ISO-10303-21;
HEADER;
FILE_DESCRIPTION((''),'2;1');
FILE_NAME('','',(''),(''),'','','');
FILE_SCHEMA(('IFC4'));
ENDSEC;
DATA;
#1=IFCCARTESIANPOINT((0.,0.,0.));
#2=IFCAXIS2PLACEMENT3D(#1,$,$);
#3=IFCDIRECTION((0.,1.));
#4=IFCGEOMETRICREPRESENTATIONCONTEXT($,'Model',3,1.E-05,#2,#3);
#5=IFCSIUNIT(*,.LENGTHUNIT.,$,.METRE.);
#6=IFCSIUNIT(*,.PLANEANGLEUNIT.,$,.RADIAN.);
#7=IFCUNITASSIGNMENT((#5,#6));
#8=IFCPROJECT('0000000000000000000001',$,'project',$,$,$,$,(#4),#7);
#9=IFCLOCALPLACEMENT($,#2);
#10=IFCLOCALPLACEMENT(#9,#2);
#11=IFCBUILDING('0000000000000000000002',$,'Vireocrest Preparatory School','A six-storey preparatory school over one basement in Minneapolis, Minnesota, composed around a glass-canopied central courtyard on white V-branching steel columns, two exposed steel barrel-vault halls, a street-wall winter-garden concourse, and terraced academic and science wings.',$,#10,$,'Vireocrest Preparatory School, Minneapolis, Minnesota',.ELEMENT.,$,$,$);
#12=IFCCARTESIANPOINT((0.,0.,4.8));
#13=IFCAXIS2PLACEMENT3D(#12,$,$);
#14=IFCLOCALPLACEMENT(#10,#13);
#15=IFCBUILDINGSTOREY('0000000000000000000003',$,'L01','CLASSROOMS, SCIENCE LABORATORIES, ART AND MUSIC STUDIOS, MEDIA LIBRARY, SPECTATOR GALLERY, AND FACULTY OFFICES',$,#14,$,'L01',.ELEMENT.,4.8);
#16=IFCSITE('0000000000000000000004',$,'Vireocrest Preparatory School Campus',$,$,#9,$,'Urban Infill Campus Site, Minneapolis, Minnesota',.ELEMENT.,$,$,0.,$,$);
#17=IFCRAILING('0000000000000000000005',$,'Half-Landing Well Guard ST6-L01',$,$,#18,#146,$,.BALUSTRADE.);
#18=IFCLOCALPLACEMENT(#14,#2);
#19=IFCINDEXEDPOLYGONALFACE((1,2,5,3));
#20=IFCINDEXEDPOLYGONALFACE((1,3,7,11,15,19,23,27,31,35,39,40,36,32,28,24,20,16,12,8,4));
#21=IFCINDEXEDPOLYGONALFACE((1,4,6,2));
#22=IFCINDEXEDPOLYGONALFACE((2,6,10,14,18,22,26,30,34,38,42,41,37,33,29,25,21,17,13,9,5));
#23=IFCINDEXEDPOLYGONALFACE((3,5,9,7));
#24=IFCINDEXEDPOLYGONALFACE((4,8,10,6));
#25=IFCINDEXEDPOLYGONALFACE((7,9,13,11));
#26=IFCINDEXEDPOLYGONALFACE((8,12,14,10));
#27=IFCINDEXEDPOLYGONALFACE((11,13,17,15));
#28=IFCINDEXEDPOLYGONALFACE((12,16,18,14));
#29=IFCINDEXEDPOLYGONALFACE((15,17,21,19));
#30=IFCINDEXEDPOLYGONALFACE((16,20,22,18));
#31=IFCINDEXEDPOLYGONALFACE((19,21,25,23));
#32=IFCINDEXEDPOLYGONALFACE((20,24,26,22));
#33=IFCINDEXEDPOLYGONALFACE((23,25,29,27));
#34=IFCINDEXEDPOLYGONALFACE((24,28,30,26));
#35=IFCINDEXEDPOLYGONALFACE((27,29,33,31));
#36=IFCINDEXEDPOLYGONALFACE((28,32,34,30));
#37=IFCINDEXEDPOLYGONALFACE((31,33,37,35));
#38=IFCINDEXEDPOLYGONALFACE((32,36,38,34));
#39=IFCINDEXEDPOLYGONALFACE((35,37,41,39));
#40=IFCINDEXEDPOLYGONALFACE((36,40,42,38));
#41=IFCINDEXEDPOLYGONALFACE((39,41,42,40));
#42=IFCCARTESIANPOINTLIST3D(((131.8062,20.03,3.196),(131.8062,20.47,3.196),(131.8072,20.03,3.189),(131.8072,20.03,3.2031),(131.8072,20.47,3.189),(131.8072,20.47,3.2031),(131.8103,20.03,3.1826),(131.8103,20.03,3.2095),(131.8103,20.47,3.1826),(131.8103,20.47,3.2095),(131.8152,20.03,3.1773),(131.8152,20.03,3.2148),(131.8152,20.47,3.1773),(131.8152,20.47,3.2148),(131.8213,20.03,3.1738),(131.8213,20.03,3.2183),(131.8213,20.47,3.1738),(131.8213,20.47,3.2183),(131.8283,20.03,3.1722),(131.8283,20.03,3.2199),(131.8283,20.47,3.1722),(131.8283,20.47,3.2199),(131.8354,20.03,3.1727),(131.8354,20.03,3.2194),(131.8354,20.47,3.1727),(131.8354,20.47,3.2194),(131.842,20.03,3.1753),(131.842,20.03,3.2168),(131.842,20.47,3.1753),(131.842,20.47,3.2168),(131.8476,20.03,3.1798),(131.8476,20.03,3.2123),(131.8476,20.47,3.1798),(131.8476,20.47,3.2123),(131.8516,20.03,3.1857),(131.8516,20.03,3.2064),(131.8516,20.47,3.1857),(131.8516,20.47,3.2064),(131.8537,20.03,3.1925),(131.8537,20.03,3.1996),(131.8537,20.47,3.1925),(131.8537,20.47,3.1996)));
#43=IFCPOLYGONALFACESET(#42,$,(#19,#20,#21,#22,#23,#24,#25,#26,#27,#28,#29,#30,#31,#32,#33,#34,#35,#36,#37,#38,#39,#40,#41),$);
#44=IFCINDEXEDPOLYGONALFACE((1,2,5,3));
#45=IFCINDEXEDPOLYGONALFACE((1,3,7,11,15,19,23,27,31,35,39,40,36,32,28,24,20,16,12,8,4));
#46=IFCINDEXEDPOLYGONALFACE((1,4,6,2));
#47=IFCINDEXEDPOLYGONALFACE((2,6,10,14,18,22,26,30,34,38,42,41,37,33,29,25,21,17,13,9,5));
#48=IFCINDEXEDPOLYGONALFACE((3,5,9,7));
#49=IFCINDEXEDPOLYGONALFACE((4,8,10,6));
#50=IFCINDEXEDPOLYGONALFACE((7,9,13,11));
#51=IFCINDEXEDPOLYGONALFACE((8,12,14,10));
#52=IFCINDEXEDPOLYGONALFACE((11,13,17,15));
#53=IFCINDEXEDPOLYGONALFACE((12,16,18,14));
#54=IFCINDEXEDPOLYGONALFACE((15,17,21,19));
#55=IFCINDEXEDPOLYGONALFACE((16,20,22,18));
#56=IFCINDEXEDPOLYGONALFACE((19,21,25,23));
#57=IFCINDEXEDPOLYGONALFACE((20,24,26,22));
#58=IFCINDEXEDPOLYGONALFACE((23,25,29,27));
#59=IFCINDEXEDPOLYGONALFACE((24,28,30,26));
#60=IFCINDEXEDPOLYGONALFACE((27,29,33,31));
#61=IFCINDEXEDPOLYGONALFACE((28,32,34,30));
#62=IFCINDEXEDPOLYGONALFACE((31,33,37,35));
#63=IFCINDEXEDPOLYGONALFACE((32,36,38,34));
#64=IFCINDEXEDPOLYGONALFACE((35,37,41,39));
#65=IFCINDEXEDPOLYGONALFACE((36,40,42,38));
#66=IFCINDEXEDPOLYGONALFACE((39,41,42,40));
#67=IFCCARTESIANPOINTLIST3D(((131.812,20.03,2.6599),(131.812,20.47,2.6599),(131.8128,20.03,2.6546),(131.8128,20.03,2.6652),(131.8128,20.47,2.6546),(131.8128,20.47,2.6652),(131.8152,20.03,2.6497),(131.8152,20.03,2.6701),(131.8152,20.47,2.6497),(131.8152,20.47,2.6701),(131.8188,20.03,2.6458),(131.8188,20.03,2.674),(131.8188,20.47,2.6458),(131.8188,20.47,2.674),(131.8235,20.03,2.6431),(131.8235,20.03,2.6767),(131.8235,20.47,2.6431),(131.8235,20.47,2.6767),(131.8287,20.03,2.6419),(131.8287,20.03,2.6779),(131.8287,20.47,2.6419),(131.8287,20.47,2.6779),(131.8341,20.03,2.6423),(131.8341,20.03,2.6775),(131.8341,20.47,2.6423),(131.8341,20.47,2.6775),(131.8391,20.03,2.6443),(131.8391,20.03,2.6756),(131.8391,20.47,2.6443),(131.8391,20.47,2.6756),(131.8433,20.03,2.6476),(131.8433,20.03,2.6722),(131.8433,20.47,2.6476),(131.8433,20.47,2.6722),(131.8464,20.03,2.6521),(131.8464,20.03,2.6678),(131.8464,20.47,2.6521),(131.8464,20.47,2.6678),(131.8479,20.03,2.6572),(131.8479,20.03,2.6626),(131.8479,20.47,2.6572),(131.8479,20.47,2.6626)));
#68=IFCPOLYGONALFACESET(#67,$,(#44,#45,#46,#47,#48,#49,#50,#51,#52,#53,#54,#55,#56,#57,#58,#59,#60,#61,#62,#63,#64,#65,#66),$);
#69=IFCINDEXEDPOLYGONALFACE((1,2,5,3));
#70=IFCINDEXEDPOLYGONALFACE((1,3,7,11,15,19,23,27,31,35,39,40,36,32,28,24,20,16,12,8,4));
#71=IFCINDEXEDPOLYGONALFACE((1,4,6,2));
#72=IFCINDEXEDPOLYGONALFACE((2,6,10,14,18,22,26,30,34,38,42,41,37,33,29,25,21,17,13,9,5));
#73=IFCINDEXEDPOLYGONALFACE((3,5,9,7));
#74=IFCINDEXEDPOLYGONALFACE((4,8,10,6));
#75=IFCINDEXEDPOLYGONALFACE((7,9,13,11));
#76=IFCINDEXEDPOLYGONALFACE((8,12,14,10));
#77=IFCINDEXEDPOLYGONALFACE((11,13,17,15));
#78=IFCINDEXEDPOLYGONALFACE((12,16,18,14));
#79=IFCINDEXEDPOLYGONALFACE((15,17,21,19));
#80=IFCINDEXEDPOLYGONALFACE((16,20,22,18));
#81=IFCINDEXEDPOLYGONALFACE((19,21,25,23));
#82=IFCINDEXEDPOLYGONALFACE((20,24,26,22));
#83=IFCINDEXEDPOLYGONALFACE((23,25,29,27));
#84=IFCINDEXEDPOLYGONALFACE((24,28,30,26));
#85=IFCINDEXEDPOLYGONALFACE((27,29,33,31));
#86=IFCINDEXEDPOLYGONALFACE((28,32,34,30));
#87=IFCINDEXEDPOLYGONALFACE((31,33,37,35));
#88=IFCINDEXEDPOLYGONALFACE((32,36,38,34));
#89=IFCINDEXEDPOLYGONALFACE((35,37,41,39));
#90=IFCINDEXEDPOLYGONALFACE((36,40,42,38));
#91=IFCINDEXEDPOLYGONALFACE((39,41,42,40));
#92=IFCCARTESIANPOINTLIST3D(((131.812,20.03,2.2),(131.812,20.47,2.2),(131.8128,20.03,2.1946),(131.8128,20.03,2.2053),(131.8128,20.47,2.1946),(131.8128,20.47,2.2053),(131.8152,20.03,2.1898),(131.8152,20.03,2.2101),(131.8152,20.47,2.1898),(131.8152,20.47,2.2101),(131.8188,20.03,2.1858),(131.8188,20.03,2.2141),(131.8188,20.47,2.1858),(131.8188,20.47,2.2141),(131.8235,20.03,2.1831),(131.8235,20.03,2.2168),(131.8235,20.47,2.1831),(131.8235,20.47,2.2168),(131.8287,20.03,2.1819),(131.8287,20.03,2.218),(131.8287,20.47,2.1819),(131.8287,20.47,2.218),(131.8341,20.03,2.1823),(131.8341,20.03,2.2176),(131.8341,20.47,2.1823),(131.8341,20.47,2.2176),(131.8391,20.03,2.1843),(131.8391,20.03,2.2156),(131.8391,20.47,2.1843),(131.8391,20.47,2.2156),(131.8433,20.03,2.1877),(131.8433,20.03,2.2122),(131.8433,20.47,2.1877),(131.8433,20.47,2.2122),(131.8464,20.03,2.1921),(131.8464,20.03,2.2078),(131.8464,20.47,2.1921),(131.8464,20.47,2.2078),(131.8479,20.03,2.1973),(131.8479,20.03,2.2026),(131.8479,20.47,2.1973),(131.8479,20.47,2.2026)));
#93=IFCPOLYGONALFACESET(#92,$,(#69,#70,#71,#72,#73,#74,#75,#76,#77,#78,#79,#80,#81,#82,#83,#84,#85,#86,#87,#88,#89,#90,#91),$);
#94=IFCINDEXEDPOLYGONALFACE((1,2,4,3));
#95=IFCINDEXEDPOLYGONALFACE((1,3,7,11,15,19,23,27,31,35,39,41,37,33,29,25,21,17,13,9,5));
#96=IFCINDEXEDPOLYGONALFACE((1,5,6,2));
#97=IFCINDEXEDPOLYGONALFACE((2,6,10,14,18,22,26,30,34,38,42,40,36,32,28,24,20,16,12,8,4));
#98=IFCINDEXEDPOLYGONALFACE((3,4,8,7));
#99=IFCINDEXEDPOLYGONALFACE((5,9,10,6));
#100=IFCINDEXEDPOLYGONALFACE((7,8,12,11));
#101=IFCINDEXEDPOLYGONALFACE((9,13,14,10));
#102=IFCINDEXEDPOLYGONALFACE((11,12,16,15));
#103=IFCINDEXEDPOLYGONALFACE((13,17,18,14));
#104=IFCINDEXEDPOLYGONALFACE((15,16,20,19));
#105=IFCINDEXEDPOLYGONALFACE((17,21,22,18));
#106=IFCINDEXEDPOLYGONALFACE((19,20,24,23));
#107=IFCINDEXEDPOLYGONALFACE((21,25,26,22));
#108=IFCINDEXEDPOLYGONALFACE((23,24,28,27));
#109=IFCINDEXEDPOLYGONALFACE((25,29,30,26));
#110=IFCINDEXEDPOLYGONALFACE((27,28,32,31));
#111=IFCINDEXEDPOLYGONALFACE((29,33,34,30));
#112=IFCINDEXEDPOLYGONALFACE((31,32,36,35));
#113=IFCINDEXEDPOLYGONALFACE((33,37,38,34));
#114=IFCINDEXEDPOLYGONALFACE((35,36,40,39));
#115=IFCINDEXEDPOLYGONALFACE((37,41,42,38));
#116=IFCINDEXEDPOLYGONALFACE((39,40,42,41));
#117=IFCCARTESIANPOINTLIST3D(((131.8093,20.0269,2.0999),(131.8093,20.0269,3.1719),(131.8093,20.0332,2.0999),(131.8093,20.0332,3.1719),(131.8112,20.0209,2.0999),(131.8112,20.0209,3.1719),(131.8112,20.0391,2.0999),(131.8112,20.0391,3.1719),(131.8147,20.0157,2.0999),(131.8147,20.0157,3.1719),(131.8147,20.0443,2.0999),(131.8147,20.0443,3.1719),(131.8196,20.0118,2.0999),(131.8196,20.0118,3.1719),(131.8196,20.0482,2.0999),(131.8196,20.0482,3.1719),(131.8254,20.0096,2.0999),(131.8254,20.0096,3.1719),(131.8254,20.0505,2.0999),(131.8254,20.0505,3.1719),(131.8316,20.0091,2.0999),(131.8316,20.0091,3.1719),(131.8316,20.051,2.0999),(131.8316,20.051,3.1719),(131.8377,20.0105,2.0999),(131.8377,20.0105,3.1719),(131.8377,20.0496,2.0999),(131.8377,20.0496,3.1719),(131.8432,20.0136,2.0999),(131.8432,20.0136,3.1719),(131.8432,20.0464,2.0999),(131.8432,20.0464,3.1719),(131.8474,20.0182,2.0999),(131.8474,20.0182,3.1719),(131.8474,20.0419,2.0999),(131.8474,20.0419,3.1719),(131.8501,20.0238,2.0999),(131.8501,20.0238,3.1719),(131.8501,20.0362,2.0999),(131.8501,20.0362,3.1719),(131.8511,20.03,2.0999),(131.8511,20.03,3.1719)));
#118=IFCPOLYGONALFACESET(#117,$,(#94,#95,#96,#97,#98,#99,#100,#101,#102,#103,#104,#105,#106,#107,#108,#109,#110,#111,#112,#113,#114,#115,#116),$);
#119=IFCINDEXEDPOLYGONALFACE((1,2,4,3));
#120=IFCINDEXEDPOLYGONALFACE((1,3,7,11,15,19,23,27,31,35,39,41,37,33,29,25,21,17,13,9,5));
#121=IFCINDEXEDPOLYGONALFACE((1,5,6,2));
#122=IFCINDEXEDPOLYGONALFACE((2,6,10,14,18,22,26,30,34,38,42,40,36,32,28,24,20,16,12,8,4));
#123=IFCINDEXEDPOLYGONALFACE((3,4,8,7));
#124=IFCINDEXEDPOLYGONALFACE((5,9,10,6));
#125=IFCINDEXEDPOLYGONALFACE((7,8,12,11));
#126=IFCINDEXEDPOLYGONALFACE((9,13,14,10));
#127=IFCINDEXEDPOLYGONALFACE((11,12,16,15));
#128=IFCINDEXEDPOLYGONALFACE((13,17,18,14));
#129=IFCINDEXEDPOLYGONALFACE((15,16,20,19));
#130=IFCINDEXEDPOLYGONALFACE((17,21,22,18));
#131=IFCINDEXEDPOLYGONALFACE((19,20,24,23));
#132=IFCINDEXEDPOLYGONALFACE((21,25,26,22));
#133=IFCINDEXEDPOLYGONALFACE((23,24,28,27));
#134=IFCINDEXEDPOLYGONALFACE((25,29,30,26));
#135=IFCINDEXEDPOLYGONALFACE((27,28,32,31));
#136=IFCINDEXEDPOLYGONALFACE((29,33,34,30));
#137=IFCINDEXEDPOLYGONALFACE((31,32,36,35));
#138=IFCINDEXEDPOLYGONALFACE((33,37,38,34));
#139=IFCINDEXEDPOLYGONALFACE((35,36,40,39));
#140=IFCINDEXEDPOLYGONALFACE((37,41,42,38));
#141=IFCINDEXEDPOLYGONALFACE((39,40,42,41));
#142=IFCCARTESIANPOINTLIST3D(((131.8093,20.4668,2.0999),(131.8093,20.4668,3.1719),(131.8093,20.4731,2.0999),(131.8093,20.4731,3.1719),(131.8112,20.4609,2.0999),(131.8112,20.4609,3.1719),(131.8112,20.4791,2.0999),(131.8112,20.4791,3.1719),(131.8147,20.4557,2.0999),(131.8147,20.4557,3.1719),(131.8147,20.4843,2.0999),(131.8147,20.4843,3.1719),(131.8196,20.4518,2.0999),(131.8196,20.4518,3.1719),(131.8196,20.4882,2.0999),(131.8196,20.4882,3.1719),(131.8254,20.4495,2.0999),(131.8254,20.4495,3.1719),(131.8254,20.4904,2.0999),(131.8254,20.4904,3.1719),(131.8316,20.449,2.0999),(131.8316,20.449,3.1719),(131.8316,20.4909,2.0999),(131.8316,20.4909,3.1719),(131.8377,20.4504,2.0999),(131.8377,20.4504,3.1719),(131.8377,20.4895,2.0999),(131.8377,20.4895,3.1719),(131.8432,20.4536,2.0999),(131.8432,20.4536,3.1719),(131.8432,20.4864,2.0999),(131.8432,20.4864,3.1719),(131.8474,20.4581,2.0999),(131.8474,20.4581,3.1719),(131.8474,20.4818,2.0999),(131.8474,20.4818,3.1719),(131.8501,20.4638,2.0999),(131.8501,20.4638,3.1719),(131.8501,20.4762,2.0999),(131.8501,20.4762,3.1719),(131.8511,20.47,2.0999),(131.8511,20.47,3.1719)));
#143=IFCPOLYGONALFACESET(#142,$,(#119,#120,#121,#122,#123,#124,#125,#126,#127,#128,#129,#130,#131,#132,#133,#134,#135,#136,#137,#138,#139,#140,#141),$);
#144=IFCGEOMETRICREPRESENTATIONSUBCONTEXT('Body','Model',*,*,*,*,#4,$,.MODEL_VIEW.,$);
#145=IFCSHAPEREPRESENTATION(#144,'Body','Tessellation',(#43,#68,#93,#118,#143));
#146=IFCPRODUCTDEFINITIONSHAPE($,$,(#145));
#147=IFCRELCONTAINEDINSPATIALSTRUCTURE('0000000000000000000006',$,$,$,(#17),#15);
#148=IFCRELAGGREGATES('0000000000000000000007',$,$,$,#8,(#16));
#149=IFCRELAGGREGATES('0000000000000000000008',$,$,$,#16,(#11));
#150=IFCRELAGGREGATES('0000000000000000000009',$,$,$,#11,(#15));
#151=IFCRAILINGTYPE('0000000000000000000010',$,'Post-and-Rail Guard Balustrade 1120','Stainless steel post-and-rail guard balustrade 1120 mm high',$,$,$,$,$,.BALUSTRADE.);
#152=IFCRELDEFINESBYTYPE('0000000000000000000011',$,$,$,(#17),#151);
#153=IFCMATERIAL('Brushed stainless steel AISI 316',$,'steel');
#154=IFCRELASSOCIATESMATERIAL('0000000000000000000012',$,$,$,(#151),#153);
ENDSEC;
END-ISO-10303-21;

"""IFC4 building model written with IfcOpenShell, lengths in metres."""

from ifc_helpers import new_model, si_unit, direction, frame, origin, origin_2d, place, context, subcontext, project, spatial, circle, extrude, material, type_object, element, save


model = new_model("IFC4")

# Units and contexts
model_context = context("Model", 3, precision=1e-05, world=origin(), true_north=direction((0.0, 1.0)))
body_context = subcontext(model_context, "Body", "Model", "MODEL_VIEW")
ifc_project = project(units=[si_unit("LENGTHUNIT", "METRE"), si_unit("PLANEANGLEUNIT", "RADIAN")], contexts=[model_context])

# Site, building, storey
site_placement = place(None, origin())
site = spatial("IfcSite", under=ifc_project, at=site_placement, Name="Vireocrest Preparatory School Campus", LongName="Urban Infill Campus Site, Minneapolis, Minnesota", CompositionType="ELEMENT", RefElevation=0.0)
building_placement = place(site_placement, origin())
building = spatial("IfcBuilding", under=site, at=building_placement, Name="Vireocrest Preparatory School", Description="A six-storey preparatory school over one basement in Minneapolis, Minnesota, composed around a glass-canopied central courtyard on white V-branching steel columns, two exposed steel barrel-vault halls, a street-wall winter-garden concourse, and terraced academic and science wings.", LongName="Vireocrest Preparatory School, Minneapolis, Minnesota", CompositionType="ELEMENT")
storey_placement = place(building_placement, frame((0.0, 0.0, 4.8)))
storey = spatial("IfcBuildingStorey", under=building, at=storey_placement, Name="L01", Description="CLASSROOMS, SCIENCE LABORATORIES, ART AND MUSIC STUDIOS, MEDIA LIBRARY, SPECTATOR GALLERY, AND FACULTY OFFICES", LongName="L01", CompositionType="ELEMENT", Elevation=4.8)

# Railing
ifc_material_1 = material(Name="Brushed stainless steel AISI 316", Category="steel")
railing_type_1 = type_object("IfcRailingType", Name="Post-and-Rail Guard Balustrade 1120", Description="Stainless steel post-and-rail guard balustrade 1120 mm high", PredefinedType="BALUSTRADE", material=ifc_material_1)
railing_1_placement = place(storey_placement, frame((131.8301, 20.03, 2.0999)))
element("IfcRailing", 1, at=railing_1_placement, inside=storey, type_object=railing_type_1, Name="Half-Landing Well Guard ST6-L01", PredefinedType="BALUSTRADE", context=body_context, shape_type="SweptSolid", body=[
    extrude(circle(Radius=0.0239, at=origin_2d()), frame((0.0, 0.0, 1.0962), z_axis=(0.0, 1.0, 0.0), x_axis=(-1.0, 0.0, 0.0)), (0.0, 0.0, 1.0), 0.4399),
    extrude(circle(Radius=0.0181, at=origin_2d()), frame((0.0, 0.0, 0.5601), z_axis=(0.0, 1.0, 0.0), x_axis=(-1.0, 0.0, 0.0)), (0.0, 0.0, 1.0), 0.4399),
    extrude(circle(Radius=0.0181, at=origin_2d()), frame((0.0, 0.0, 0.1001), z_axis=(0.0, 1.0, 0.0), x_axis=(-1.0, 0.0, 0.0)), (0.0, 0.0, 1.0), 0.4399),
    extrude(circle(Radius=0.021, at=origin_2d()), origin(), (0.0, 0.0, 1.0), 1.072),
    extrude(circle(Radius=0.021, at=origin_2d()), frame((0.0, 0.4399, 0.0)), (0.0, 0.0, 1.0), 1.072),
])

save(model, "model.ifc")
